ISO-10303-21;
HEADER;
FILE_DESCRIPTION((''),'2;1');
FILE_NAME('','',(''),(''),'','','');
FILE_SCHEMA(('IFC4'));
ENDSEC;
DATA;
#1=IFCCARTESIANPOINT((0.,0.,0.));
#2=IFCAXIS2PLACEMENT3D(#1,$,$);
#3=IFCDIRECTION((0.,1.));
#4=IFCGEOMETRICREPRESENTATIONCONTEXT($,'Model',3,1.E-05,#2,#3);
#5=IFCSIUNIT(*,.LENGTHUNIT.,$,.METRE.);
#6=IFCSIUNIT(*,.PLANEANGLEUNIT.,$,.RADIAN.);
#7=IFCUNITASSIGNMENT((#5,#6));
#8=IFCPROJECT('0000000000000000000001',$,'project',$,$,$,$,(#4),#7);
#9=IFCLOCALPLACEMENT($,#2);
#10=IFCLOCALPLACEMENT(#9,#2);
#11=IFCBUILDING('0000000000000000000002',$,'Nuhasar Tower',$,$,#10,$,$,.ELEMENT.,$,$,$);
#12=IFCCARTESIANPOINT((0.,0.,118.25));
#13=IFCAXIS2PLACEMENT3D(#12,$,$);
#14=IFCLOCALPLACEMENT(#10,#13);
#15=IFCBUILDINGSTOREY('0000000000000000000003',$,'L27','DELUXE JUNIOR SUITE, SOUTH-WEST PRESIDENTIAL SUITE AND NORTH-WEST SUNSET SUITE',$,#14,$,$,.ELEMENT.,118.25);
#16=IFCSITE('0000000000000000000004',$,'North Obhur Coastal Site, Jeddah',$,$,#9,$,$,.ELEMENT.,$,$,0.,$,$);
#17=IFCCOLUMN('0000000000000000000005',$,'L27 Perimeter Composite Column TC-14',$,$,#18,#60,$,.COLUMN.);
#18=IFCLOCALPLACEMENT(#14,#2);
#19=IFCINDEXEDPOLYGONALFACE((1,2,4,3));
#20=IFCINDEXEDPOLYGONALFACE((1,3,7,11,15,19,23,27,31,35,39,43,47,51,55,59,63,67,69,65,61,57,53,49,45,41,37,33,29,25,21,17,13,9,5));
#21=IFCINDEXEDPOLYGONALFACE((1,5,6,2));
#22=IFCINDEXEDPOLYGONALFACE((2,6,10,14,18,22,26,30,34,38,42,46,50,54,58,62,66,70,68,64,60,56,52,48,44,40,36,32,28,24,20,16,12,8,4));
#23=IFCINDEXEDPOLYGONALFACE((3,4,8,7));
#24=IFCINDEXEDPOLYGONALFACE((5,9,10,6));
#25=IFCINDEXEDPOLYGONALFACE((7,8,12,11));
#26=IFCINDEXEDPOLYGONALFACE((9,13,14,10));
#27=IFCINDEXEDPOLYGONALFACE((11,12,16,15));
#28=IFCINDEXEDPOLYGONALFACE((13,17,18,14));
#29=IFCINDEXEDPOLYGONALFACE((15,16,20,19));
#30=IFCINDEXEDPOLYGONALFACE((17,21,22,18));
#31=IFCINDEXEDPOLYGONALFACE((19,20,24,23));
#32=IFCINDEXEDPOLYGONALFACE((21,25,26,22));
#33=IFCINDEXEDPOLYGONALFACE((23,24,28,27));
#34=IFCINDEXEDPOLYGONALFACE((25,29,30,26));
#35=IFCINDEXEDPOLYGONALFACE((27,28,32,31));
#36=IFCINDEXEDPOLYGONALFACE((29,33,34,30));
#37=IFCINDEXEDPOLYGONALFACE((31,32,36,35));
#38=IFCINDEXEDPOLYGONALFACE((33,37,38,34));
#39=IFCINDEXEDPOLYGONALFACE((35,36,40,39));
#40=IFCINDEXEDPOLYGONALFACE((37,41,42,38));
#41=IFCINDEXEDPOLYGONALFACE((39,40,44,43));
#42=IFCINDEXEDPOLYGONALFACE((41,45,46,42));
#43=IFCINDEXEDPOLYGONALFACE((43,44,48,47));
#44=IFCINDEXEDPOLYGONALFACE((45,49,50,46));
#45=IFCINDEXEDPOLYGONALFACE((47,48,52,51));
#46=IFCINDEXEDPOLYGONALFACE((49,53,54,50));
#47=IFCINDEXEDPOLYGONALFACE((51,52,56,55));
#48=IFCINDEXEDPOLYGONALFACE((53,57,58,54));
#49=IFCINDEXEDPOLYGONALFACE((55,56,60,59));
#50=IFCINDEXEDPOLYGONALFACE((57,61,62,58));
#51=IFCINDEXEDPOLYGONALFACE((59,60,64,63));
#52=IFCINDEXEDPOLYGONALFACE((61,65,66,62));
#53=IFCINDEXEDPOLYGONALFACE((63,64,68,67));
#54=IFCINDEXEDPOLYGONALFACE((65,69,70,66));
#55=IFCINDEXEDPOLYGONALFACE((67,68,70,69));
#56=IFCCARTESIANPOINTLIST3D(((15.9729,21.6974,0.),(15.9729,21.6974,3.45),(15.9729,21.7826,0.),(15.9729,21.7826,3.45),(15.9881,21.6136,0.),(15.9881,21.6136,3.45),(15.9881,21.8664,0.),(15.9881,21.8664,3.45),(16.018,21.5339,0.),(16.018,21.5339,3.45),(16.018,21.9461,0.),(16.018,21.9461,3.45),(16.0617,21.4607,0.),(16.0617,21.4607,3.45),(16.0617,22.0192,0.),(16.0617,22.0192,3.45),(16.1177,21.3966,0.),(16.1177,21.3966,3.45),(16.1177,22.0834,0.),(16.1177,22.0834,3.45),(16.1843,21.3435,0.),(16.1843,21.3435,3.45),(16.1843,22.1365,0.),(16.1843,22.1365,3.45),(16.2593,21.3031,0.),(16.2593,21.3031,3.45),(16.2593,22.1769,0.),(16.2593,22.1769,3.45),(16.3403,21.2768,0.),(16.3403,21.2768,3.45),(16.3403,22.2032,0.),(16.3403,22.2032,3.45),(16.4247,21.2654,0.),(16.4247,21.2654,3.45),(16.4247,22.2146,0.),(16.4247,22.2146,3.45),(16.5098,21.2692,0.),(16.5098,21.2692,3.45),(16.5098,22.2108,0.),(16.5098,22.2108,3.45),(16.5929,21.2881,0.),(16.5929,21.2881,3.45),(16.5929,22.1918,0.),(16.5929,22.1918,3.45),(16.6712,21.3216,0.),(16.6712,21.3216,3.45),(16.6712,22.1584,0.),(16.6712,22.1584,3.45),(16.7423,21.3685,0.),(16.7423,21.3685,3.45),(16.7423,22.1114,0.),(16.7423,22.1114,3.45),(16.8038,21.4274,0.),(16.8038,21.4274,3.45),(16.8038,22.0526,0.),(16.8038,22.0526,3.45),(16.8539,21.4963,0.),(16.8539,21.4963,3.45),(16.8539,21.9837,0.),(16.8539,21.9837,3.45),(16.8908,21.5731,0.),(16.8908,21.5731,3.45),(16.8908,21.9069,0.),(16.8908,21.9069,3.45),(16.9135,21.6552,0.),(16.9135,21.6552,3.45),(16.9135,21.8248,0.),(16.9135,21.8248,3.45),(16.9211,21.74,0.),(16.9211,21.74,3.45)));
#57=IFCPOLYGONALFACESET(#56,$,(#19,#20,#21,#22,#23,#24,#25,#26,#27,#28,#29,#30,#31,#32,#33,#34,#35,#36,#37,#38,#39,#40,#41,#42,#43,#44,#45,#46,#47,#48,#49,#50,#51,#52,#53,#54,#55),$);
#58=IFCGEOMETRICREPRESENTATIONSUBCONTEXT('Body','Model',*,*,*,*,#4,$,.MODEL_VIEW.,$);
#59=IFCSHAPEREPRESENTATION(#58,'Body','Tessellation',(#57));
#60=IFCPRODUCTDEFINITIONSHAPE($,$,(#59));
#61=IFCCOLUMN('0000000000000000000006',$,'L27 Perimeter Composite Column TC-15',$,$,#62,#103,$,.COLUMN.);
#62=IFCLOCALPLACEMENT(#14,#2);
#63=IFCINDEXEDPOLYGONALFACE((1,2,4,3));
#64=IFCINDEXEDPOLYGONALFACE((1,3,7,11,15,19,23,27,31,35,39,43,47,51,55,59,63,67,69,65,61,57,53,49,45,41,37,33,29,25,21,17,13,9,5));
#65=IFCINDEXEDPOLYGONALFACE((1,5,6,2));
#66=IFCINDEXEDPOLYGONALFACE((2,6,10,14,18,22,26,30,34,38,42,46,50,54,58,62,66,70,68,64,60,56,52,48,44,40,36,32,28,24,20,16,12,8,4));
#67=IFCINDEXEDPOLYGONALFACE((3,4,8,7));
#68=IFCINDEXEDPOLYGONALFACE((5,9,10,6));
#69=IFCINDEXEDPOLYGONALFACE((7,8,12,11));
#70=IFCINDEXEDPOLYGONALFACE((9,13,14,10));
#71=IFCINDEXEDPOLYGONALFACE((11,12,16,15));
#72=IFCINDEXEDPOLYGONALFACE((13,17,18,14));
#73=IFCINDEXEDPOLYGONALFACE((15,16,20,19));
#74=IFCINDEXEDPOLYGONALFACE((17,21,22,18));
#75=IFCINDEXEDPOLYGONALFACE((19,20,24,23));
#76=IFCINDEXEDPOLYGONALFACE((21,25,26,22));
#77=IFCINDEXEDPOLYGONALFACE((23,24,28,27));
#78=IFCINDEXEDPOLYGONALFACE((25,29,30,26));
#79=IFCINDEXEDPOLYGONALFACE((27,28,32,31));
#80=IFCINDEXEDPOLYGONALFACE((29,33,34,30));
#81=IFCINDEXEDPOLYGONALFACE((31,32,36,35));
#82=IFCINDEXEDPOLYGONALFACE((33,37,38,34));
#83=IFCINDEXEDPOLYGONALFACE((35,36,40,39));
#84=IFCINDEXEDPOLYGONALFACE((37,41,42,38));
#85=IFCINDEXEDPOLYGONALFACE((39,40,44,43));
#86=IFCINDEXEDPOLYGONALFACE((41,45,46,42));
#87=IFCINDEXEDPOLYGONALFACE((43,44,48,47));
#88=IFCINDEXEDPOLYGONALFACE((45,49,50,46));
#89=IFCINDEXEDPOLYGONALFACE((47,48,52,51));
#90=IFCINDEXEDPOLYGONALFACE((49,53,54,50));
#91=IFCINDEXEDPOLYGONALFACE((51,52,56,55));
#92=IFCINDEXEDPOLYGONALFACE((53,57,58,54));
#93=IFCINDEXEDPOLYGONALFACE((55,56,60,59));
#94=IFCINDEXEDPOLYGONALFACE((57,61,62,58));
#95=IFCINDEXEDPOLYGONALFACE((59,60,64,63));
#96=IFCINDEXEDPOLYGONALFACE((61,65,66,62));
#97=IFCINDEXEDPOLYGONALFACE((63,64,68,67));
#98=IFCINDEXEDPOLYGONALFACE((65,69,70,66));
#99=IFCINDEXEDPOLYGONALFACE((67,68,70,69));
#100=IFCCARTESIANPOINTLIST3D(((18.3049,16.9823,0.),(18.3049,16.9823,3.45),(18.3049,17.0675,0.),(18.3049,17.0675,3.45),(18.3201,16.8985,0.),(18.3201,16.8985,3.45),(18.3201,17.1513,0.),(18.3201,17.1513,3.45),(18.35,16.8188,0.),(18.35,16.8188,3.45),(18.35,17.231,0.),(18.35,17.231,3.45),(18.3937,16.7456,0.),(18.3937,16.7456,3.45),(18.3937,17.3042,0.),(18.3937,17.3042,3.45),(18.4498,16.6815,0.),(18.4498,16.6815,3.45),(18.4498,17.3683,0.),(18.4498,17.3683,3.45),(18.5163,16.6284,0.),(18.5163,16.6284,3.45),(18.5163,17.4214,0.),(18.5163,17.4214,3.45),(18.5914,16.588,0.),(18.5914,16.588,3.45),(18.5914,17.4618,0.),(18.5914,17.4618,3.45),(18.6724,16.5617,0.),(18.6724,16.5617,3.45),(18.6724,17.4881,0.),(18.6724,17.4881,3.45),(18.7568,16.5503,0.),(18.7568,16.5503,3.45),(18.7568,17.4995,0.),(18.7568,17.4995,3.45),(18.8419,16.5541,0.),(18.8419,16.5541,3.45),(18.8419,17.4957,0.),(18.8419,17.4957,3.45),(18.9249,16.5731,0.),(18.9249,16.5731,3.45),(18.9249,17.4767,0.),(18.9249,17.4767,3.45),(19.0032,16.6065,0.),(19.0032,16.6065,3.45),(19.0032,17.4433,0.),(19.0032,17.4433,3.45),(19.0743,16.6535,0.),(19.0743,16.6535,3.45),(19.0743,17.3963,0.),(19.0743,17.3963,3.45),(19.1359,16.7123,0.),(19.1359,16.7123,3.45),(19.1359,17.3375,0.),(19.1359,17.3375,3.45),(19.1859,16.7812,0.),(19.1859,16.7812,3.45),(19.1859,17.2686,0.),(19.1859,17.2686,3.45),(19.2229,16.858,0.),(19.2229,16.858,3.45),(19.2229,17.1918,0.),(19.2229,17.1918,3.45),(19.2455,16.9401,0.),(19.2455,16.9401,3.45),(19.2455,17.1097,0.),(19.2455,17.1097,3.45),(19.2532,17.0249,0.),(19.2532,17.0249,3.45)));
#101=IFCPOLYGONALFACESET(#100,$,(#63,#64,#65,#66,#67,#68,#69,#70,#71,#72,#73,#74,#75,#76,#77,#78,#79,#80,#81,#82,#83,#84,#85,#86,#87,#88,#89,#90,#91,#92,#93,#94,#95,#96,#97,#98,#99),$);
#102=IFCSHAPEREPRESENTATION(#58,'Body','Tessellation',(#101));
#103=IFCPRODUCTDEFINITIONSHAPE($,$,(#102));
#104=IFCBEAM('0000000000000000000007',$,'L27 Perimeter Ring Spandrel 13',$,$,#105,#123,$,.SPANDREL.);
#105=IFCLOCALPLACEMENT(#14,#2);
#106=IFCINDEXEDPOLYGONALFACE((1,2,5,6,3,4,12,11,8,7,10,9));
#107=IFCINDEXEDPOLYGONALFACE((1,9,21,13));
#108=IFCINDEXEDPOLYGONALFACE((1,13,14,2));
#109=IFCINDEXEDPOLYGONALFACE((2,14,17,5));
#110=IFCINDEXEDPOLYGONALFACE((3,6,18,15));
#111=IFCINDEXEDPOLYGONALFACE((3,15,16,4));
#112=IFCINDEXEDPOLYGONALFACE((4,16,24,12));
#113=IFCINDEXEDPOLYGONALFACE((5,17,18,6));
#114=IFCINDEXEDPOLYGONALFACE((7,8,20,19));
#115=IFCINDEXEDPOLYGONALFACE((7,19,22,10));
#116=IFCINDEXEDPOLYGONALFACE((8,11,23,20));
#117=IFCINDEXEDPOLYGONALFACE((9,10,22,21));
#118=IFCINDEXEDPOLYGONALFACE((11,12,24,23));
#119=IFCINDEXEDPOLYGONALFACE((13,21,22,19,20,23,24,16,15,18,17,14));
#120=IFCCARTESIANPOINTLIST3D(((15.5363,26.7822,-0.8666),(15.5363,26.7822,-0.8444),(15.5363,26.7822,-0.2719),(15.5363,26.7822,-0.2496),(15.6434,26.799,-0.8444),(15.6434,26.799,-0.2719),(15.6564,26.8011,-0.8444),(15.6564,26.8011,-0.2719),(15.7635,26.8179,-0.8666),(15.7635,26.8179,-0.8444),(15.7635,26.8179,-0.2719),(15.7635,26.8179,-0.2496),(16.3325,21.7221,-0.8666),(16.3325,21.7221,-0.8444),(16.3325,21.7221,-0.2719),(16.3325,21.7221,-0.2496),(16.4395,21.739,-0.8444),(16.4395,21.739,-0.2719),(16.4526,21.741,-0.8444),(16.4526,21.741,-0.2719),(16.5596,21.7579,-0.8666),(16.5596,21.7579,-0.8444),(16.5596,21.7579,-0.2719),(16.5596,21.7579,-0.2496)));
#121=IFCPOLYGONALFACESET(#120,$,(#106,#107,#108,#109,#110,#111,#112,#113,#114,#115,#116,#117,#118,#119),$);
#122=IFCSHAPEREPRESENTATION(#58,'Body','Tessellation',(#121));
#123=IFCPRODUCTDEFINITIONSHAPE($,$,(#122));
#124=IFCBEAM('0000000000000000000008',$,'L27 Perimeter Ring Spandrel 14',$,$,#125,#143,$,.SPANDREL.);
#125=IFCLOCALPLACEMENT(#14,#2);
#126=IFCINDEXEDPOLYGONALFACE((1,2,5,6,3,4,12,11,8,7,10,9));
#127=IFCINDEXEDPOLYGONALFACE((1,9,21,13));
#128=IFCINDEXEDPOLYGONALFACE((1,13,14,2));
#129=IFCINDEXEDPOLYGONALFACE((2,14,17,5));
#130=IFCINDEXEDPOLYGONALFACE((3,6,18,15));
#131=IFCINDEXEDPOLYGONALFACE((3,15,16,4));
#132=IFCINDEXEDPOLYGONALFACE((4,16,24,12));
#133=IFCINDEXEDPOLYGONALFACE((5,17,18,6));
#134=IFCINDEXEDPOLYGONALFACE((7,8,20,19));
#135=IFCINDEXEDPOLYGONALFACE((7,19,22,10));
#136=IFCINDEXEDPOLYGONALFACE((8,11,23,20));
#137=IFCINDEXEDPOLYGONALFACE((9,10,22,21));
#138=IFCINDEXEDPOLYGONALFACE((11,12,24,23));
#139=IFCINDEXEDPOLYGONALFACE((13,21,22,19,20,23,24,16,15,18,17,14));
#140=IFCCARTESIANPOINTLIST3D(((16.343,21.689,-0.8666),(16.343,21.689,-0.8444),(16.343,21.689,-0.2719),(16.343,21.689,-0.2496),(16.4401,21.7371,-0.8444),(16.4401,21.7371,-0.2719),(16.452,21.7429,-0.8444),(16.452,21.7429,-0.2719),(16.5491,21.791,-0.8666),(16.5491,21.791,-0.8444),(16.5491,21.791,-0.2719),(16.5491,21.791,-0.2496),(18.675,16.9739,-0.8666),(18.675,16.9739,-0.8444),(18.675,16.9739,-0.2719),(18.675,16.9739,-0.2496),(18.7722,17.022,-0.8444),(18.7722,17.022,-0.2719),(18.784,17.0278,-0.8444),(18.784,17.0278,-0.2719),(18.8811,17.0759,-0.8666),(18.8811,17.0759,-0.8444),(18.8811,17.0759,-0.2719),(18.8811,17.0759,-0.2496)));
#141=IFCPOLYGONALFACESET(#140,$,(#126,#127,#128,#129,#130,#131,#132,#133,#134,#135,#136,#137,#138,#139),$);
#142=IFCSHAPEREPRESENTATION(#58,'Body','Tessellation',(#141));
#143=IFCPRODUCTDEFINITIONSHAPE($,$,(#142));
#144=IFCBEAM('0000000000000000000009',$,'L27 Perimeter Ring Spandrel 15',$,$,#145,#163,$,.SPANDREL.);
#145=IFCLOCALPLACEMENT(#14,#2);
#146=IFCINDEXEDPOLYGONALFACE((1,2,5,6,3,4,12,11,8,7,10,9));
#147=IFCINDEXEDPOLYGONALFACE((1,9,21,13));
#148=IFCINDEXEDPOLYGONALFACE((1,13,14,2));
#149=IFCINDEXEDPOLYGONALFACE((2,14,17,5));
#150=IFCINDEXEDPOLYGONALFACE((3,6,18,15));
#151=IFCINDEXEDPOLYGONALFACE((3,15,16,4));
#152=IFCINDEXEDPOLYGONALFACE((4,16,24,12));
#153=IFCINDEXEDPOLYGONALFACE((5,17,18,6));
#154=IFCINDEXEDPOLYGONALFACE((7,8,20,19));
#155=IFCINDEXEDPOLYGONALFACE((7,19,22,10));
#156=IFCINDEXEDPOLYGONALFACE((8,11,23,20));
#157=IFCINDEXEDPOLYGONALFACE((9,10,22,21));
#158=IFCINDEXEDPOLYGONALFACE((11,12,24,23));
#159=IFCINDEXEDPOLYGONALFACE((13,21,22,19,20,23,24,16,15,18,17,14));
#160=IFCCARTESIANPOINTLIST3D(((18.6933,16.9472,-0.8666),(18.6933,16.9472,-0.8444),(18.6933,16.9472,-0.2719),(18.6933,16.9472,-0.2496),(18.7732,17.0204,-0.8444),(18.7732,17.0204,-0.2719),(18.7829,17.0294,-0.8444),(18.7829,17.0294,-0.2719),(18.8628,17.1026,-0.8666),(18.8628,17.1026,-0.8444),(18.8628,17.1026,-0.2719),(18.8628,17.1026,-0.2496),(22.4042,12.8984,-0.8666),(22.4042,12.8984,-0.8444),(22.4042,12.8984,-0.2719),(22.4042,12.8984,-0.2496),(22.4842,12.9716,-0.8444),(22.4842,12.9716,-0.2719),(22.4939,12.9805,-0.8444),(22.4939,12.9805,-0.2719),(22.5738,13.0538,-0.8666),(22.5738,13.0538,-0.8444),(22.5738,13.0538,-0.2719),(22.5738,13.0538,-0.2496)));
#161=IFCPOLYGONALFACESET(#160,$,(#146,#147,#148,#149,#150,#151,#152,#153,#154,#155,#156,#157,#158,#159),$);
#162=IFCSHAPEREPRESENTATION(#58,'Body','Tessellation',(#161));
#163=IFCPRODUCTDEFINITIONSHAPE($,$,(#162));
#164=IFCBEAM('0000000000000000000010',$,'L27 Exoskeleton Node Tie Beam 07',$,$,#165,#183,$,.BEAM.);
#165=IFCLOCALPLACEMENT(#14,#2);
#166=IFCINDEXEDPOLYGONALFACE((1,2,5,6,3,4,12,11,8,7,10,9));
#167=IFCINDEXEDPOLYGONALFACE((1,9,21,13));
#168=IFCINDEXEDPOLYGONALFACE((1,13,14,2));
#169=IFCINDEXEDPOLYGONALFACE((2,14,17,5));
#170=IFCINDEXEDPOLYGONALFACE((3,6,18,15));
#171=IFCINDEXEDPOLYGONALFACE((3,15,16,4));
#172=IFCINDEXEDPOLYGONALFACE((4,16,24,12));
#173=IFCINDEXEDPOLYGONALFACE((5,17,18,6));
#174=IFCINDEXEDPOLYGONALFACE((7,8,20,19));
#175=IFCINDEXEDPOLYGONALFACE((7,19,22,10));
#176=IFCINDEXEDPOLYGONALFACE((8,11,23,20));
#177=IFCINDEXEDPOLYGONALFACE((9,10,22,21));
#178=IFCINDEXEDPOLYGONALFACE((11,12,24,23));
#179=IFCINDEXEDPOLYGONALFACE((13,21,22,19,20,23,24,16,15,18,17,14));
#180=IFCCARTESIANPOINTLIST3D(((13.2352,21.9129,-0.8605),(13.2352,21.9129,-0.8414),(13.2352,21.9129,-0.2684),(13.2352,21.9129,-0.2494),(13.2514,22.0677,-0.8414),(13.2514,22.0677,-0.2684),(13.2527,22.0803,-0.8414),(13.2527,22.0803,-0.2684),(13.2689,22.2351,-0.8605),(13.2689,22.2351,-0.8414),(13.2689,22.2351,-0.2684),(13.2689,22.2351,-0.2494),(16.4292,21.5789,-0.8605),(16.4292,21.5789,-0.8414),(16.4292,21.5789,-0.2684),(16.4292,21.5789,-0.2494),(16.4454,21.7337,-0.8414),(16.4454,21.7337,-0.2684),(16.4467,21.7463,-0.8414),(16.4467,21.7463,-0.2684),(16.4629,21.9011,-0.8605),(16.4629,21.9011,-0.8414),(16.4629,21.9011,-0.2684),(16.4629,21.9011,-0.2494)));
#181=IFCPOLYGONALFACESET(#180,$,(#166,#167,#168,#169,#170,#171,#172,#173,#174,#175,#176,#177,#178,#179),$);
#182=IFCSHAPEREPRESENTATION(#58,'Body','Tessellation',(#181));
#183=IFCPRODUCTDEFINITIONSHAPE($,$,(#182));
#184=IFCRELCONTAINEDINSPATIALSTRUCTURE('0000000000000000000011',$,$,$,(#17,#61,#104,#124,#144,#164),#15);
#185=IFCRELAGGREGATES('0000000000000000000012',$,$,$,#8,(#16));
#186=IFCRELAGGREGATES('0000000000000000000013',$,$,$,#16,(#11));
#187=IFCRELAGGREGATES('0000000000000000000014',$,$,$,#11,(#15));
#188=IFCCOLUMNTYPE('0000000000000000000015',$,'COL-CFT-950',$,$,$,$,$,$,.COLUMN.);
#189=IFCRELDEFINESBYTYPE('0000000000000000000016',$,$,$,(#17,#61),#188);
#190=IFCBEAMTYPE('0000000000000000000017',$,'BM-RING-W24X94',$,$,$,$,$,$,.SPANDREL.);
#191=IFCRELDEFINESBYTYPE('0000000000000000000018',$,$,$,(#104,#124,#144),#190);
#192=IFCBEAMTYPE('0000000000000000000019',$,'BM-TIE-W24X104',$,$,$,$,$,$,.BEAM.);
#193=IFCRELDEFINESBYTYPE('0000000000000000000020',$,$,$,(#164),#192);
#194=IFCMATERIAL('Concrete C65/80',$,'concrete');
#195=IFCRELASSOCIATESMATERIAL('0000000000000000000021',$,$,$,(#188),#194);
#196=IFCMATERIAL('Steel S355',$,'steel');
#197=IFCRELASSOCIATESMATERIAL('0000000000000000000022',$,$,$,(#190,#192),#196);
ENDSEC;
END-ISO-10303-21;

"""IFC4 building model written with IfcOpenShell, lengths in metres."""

from ifc_helpers import new_model, si_unit, direction, frame, origin, origin_2d, place, context, subcontext, project, spatial, circle, i_section, extrude, material, material_profile, profile_set, type_object, element, save


model = new_model("IFC4")

# Units and contexts
model_context = context("Model", 3, precision=1e-05, world=origin(), true_north=direction((0.0, 1.0)))
body_context = subcontext(model_context, "Body", "Model", "MODEL_VIEW")
ifc_project = project(units=[si_unit("LENGTHUNIT", "METRE"), si_unit("PLANEANGLEUNIT", "RADIAN")], contexts=[model_context])

# Site, building, storey
site_placement = place(None, origin())
site = spatial("IfcSite", under=ifc_project, at=site_placement, Name="North Obhur Coastal Site, Jeddah", CompositionType="ELEMENT", RefElevation=0.0)
building_placement = place(site_placement, origin())
building = spatial("IfcBuilding", under=site, at=building_placement, Name="Nuhasar Tower", CompositionType="ELEMENT")
storey_placement = place(building_placement, frame((0.0, 0.0, 118.25)))
storey = spatial("IfcBuildingStorey", under=building, at=storey_placement, Name="L27", Description="DELUXE JUNIOR SUITE, SOUTH-WEST PRESIDENTIAL SUITE AND NORTH-WEST SUNSET SUITE", CompositionType="ELEMENT", Elevation=118.25)

# Columns
ifc_material_1 = material(Name="Concrete C65/80", Category="concrete")
ifc_material_profile_1 = material_profile(ifc_material_1, circle(Radius=0.4751, at=origin_2d()), Name="CFT950")
ifc_profile_set_1 = profile_set([ifc_material_profile_1], Name="Concrete C65/80")
column_type = type_object("IfcColumnType", Name="COL-CFT-950", PredefinedType="COLUMN", material=ifc_profile_set_1)
for number, where, z_axis, x_axis, name in (
    (1, (16.446, 21.74, 0.0), (0.0, 0.0, 1.0), (1.0, 0.0, 0.0), "L27 Perimeter Composite Column TC-14"),
    (2, (18.7781, 17.0249, 0.0), (0.0, 0.0, 1.0), (1.0, 0.0, 0.0), "L27 Perimeter Composite Column TC-15"),
):
    element("IfcColumn", number, at=place(storey_placement, frame(where, z_axis=z_axis, x_axis=x_axis)), inside=storey, type_object=column_type, Name=name, PredefinedType="COLUMN", context=body_context, shape_type="SweptSolid", body=[
        extrude(circle(Radius=0.4751, at=origin_2d()), origin(), (0.0, 0.0, 1.0), 3.45),
    ])

# Beams
ifc_material_2 = material(Name="Steel S355", Category="steel")
ifc_material_profile_2 = material_profile(ifc_material_2, i_section(OverallWidth=0.23, OverallDepth=0.6169, WebThickness=0.0132, FlangeThickness=0.0222, at=origin_2d()), Name="W24X94")
ifc_profile_set_2 = profile_set([ifc_material_profile_2], Name="Steel S355")
beam_type_1 = type_object("IfcBeamType", Name="BM-RING-W24X94", PredefinedType="SPANDREL", material=ifc_profile_set_2)
beam_1_placement = place(storey_placement, frame((15.6499, 26.8, -0.5581), z_axis=(0.155427, -0.987847, 0.0), x_axis=(0.987847, 0.155427, 0.0)))
element("IfcBeam", 3, at=beam_1_placement, inside=storey, type_object=beam_type_1, Name="L27 Perimeter Ring Spandrel 13", PredefinedType="SPANDREL", context=body_context, shape_type="SweptSolid", body=[
    extrude(i_section(OverallWidth=0.23, OverallDepth=0.6169, WebThickness=0.0132, FlangeThickness=0.0222, at=origin_2d()), origin(), (0.0, 0.0, 1.0), 5.1223),
])
beam_2_placement = place(storey_placement, frame((16.446, 21.74, -0.5581), z_axis=(0.443329, -0.896359, 0.0), x_axis=(0.896359, 0.443329, 0.0)))
element("IfcBeam", 4, at=beam_2_placement, inside=storey, type_object=beam_type_1, Name="L27 Perimeter Ring Spandrel 14", PredefinedType="SPANDREL", context=body_context, shape_type="SweptSolid", body=[
    extrude(i_section(OverallWidth=0.23, OverallDepth=0.6169, WebThickness=0.0132, FlangeThickness=0.0222, at=origin_2d()), origin(), (0.0, 0.0, 1.0), 5.2603),
])
beam_3_placement = place(storey_placement, frame((18.7781, 17.0249, -0.5581), z_axis=(0.675676, -0.737198, 0.0), x_axis=(0.737198, 0.675676, 0.0)))
element("IfcBeam", 5, at=beam_3_placement, inside=storey, type_object=beam_type_1, Name="L27 Perimeter Ring Spandrel 15", PredefinedType="SPANDREL", context=body_context, shape_type="SweptSolid", body=[
    extrude(i_section(OverallWidth=0.23, OverallDepth=0.6169, WebThickness=0.0132, FlangeThickness=0.0222, at=origin_2d()), origin(), (0.0, 0.0, 1.0), 5.4922),
])
ifc_material_profile_3 = material_profile(ifc_material_2, i_section(OverallWidth=0.324, OverallDepth=0.6111, WebThickness=0.0127, FlangeThickness=0.019, at=origin_2d()), Name="W24X104")
ifc_profile_set_3 = profile_set([ifc_material_profile_3], Name="Steel S355")
beam_type_2 = type_object("IfcBeamType", Name="BM-TIE-W24X104", PredefinedType="BEAM", material=ifc_profile_set_3)
beam_4_placement = place(storey_placement, frame((16.446, 21.74, -0.5549), z_axis=(-0.994578, 0.103996, 0.0), x_axis=(-0.103996, -0.994578, 0.0)))
element("IfcBeam", 6, at=beam_4_placement, inside=storey, type_object=beam_type_2, Name="L27 Exoskeleton Node Tie Beam 07", PredefinedType="BEAM", context=body_context, shape_type="SweptSolid", body=[
    extrude(i_section(OverallWidth=0.324, OverallDepth=0.6111, WebThickness=0.0127, FlangeThickness=0.019, at=origin_2d()), origin(), (0.0, 0.0, 1.0), 3.2114),
])

save(model, "model.ifc")
